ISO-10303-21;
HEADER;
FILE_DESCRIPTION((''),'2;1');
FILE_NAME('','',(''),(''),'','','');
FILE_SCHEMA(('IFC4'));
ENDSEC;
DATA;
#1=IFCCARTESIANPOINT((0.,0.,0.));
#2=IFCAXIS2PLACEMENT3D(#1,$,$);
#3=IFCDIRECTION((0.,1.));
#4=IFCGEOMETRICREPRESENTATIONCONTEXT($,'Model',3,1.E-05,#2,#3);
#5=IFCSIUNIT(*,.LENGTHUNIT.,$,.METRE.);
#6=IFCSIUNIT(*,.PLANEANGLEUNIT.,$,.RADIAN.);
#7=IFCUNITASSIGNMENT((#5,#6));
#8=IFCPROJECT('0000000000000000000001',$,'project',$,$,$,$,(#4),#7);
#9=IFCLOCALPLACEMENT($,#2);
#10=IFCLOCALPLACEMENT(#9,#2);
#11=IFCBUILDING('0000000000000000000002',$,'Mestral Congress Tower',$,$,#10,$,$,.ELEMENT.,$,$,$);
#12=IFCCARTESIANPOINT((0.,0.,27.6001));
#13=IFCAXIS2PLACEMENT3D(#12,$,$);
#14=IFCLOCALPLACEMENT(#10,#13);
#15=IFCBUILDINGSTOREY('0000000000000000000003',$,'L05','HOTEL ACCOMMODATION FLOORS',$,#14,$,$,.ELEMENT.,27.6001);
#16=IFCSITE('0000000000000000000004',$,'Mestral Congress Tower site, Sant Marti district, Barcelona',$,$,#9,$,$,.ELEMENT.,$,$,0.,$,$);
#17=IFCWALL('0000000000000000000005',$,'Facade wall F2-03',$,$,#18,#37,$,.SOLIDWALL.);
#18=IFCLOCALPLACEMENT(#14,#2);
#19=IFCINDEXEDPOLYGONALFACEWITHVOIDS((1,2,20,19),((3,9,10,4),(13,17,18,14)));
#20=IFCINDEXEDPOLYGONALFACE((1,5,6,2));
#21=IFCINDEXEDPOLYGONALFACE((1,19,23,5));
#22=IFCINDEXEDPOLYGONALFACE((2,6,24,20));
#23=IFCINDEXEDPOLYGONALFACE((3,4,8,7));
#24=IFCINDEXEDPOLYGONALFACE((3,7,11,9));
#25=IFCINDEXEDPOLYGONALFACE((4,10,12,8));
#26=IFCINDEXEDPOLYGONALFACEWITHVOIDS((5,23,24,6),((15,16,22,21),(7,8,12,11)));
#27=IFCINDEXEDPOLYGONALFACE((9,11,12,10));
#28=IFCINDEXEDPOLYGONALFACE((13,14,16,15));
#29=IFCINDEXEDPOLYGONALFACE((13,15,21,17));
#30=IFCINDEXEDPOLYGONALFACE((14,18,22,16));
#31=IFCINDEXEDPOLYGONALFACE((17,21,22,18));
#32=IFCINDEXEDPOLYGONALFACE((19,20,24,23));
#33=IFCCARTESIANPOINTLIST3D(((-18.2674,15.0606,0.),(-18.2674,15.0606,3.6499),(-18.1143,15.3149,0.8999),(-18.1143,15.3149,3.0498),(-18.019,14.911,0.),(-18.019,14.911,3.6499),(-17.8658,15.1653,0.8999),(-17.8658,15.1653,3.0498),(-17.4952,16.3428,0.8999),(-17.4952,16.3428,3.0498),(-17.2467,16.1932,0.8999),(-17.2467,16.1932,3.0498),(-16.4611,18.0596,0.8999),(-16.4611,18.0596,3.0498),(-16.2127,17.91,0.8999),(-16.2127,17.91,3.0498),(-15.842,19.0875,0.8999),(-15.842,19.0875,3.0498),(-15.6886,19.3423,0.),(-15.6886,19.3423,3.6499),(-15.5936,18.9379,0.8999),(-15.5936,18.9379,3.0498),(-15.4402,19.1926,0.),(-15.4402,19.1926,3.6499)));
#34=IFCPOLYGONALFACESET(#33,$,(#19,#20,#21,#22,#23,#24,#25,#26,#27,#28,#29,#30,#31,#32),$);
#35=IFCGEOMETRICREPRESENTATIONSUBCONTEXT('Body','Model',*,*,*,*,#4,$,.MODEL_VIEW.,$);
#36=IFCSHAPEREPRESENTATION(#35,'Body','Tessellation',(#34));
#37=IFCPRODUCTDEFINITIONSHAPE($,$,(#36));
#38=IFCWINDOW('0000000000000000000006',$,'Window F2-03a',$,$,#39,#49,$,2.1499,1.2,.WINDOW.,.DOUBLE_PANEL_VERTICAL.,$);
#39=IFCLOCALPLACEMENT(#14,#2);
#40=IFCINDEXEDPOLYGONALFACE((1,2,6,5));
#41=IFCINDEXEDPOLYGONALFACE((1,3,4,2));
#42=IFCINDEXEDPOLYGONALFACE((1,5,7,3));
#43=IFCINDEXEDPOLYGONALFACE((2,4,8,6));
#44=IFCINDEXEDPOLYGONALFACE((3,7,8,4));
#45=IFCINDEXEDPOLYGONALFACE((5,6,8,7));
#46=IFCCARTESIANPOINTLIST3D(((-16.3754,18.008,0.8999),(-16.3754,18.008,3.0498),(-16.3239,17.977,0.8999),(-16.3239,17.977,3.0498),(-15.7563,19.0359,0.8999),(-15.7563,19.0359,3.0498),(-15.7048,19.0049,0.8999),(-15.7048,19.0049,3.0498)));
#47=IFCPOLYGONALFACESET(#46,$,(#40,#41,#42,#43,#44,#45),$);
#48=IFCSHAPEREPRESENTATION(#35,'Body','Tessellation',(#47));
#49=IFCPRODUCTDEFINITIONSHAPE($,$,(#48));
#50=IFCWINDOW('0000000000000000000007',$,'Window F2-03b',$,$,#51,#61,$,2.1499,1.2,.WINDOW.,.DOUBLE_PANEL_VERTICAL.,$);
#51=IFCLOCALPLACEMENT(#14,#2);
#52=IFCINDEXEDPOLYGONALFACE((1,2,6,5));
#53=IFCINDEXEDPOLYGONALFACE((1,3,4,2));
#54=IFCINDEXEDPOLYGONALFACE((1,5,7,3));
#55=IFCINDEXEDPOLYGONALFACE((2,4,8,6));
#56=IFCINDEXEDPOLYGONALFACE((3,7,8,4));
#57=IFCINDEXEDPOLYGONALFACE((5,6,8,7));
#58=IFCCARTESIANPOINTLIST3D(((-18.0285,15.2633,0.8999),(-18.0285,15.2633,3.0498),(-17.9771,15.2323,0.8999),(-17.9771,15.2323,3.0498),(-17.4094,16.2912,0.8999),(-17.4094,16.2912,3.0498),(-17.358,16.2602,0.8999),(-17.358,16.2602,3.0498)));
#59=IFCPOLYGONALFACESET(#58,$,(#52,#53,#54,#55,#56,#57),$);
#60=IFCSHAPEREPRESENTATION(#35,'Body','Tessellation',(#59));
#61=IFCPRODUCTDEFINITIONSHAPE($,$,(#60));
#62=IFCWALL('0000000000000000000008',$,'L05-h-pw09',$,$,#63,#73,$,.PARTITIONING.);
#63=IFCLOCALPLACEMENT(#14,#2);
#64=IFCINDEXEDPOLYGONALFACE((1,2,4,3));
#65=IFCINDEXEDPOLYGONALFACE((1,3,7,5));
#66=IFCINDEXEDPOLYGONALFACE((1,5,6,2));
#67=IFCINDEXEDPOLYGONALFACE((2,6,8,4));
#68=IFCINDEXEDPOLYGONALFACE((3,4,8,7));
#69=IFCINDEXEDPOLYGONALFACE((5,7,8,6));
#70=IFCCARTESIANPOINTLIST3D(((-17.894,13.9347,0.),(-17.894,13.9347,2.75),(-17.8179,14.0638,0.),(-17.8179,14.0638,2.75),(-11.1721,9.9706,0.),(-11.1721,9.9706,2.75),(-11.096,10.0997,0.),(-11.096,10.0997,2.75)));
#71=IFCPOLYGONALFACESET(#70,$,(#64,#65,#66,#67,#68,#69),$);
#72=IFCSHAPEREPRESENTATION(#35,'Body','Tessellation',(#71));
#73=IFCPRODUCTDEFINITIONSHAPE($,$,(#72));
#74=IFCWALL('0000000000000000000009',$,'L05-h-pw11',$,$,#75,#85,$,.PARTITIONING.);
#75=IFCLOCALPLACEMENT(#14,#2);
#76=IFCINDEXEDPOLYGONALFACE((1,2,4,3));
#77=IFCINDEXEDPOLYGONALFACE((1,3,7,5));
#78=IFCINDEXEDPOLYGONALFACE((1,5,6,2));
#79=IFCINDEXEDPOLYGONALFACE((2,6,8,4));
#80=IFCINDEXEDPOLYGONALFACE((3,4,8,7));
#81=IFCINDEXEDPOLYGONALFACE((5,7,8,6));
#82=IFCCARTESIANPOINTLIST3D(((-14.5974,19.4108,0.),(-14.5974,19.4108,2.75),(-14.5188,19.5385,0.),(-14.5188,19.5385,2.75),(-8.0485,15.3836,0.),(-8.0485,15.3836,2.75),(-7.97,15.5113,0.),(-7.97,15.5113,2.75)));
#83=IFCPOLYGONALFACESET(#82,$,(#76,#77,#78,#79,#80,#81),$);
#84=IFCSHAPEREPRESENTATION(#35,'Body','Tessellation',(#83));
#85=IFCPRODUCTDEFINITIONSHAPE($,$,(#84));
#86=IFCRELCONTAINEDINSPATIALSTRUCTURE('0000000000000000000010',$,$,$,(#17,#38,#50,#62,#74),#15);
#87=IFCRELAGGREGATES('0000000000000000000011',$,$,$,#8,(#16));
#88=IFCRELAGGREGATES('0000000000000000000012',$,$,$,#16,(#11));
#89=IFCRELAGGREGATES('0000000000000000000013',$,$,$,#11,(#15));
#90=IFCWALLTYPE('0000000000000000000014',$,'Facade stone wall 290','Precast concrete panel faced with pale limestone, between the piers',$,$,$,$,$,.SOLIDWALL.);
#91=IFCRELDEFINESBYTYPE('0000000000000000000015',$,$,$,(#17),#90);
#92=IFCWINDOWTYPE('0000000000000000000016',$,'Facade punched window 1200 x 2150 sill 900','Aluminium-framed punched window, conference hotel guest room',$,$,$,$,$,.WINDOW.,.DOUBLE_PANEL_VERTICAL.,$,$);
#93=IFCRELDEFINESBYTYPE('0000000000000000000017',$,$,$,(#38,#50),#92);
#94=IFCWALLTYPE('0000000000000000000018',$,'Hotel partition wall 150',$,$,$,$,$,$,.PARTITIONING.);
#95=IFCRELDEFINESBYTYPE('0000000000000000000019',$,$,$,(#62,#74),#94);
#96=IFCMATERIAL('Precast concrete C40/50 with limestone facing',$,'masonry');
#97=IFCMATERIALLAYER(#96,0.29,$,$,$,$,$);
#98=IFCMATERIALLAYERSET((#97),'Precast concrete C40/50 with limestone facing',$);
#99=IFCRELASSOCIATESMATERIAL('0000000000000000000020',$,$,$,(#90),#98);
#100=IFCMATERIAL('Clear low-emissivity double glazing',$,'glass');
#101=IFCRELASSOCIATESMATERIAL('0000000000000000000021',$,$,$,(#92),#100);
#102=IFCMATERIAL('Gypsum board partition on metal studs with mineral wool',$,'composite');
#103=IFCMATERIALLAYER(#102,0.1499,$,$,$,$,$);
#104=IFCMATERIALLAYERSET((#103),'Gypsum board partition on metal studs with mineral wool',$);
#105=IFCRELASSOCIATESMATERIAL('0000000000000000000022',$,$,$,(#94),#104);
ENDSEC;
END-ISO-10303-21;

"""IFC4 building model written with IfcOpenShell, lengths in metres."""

from ifc_helpers import new_model, si_unit, direction, frame, frame_2d, origin, place, context, subcontext, project, spatial, rectangle, extrude, material, layer, layer_set, type_object, element, fill, save


model = new_model("IFC4")

# Units and contexts
model_context = context("Model", 3, precision=1e-05, world=origin(), true_north=direction((0.0, 1.0)))
body_context = subcontext(model_context, "Body", "Model", "MODEL_VIEW")
ifc_project = project(units=[si_unit("LENGTHUNIT", "METRE"), si_unit("PLANEANGLEUNIT", "RADIAN")], contexts=[model_context])

# Site, building, storey
site_placement = place(None, origin())
site = spatial("IfcSite", under=ifc_project, at=site_placement, Name="Mestral Congress Tower site, Sant Marti district, Barcelona", CompositionType="ELEMENT", RefElevation=0.0)
building_placement = place(site_placement, origin())
building = spatial("IfcBuilding", under=site, at=building_placement, Name="Mestral Congress Tower", CompositionType="ELEMENT")
storey_placement = place(building_placement, frame((0.0, 0.0, 27.6001)))
storey = spatial("IfcBuildingStorey", under=building, at=storey_placement, Name="L05", Description="HOTEL ACCOMMODATION FLOORS", CompositionType="ELEMENT", Elevation=27.6001)

# Wall, openings, windows
ifc_material_1 = material(Name="Precast concrete C40/50 with limestone facing", Category="masonry")
ifc_layer_1 = layer(ifc_material_1, 0.29)
ifc_layer_set_1 = layer_set([ifc_layer_1], Name="Precast concrete C40/50 with limestone facing")
wall_type_1 = type_object("IfcWallType", Name="Facade stone wall 290", Description="Precast concrete panel faced with pale limestone, between the piers", PredefinedType="SOLIDWALL", material=ifc_layer_set_1)
ifc_material_2 = material(Name="Clear low-emissivity double glazing", Category="glass")
window_type = type_object("IfcWindowType", Name="Facade punched window 1200 x 2150 sill 900", Description="Aluminium-framed punched window, conference hotel guest room", PartitioningType="DOUBLE_PANEL_VERTICAL", PredefinedType="WINDOW", material=ifc_material_2)
wall_1_placement = place(storey_placement, frame((-15.5645, 19.2673, 0.0), z_axis=(0.0, 0.0, 1.0), x_axis=(-0.515939, -0.856625, 0.0)))
wall_1 = element("IfcWall", 1, at=wall_1_placement, inside=storey, type_object=wall_type_1, Name="Facade wall F2-03", PredefinedType="SOLIDWALL", context=body_context, shape_type="SweptSolid", body=[
    extrude(rectangle(XDim=4.9983, YDim=0.29, at=frame_2d((2.499, 0.0))), origin(), (0.0, 0.0, 1.0), 3.6499),
])
opening_1_placement = place(wall_1_placement, frame((0.2971, 0.0, 0.8999)))
opening_1 = element("IfcOpeningElement", 2, at=opening_1_placement, cuts=wall_1, PredefinedType="OPENING", context=body_context, shape_type="SweptSolid", body=[
    extrude(rectangle(XDim=1.2, YDim=2.1499, at=frame_2d((0.6001, 1.075))), frame((0.0, 0.155, 0.0), z_axis=(0.0, -1.0, 0.0), x_axis=(1.0, 0.0, 0.0)), (0.0, 0.0, 1.0), 0.3101),
])
opening_2_placement = place(wall_1_placement, frame((3.5012, 0.0, 0.8999)))
opening_2 = element("IfcOpeningElement", 3, at=opening_2_placement, cuts=wall_1, PredefinedType="OPENING", context=body_context, shape_type="SweptSolid", body=[
    extrude(rectangle(XDim=1.2, YDim=2.1499, at=frame_2d((0.6001, 1.075))), frame((0.0, 0.155, 0.0), z_axis=(0.0, -1.0, 0.0), x_axis=(1.0, 0.0, 0.0)), (0.0, 0.0, 1.0), 0.3101),
])
window_1_placement = place(opening_1_placement, origin())
window_1 = element("IfcWindow", 4, at=window_1_placement, inside=storey, type_object=window_type, Name="Window F2-03a", OverallHeight=2.1499, OverallWidth=1.2, PartitioningType="DOUBLE_PANEL_VERTICAL", PredefinedType="WINDOW", context=body_context, shape_type="SweptSolid", body=[
    extrude(rectangle(XDim=1.2, YDim=2.1499, at=frame_2d((0.6001, 1.075))), frame((0.0, 0.0151, 0.0), z_axis=(0.0, -1.0, 0.0), x_axis=(1.0, 0.0, 0.0)), (0.0, 0.0, 1.0), 0.0601),
])
fill(opening_1, window_1)
window_2_placement = place(opening_2_placement, origin())
window_2 = element("IfcWindow", 5, at=window_2_placement, inside=storey, type_object=window_type, Name="Window F2-03b", OverallHeight=2.1499, OverallWidth=1.2, PartitioningType="DOUBLE_PANEL_VERTICAL", PredefinedType="WINDOW", context=body_context, shape_type="SweptSolid", body=[
    extrude(rectangle(XDim=1.2, YDim=2.1499, at=frame_2d((0.6001, 1.075))), frame((0.0, 0.0151, 0.0), z_axis=(0.0, -1.0, 0.0), x_axis=(1.0, 0.0, 0.0)), (0.0, 0.0, 1.0), 0.0601),
])
fill(opening_2, window_2)

# Walls
ifc_material_3 = material(Name="Gypsum board partition on metal studs with mineral wool", Category="composite")
ifc_layer_2 = layer(ifc_material_3, 0.1499)
ifc_layer_set_2 = layer_set([ifc_layer_2], Name="Gypsum board partition on metal studs with mineral wool")
wall_type_2 = type_object("IfcWallType", Name="Hotel partition wall 150", PredefinedType="PARTITIONING", material=ifc_layer_set_2)
wall_2_placement = place(storey_placement, frame((-17.856, 13.9993, 0.0), z_axis=(0.0, 0.0, 1.0), x_axis=(0.861372, -0.507975, 0.0)))
element("IfcWall", 6, at=wall_2_placement, inside=storey, type_object=wall_type_2, Name="L05-h-pw09", PredefinedType="PARTITIONING", context=body_context, shape_type="SweptSolid", body=[
    extrude(rectangle(XDim=7.8037, YDim=0.1499, at=frame_2d((3.9019, 0.0))), origin(), (0.0, 0.0, 1.0), 2.75),
])
wall_3_placement = place(storey_placement, frame((-14.5581, 19.4746, 0.0), z_axis=(0.0, 0.0, 1.0), x_axis=(0.851829, -0.523819, 0.0)))
element("IfcWall", 7, at=wall_3_placement, inside=storey, type_object=wall_type_2, Name="L05-h-pw11", PredefinedType="PARTITIONING", context=body_context, shape_type="SweptSolid", body=[
    extrude(rectangle(XDim=7.688, YDim=0.1499, at=frame_2d((3.844, 0.0))), origin(), (0.0, 0.0, 1.0), 2.75),
])

save(model, "model.ifc")
